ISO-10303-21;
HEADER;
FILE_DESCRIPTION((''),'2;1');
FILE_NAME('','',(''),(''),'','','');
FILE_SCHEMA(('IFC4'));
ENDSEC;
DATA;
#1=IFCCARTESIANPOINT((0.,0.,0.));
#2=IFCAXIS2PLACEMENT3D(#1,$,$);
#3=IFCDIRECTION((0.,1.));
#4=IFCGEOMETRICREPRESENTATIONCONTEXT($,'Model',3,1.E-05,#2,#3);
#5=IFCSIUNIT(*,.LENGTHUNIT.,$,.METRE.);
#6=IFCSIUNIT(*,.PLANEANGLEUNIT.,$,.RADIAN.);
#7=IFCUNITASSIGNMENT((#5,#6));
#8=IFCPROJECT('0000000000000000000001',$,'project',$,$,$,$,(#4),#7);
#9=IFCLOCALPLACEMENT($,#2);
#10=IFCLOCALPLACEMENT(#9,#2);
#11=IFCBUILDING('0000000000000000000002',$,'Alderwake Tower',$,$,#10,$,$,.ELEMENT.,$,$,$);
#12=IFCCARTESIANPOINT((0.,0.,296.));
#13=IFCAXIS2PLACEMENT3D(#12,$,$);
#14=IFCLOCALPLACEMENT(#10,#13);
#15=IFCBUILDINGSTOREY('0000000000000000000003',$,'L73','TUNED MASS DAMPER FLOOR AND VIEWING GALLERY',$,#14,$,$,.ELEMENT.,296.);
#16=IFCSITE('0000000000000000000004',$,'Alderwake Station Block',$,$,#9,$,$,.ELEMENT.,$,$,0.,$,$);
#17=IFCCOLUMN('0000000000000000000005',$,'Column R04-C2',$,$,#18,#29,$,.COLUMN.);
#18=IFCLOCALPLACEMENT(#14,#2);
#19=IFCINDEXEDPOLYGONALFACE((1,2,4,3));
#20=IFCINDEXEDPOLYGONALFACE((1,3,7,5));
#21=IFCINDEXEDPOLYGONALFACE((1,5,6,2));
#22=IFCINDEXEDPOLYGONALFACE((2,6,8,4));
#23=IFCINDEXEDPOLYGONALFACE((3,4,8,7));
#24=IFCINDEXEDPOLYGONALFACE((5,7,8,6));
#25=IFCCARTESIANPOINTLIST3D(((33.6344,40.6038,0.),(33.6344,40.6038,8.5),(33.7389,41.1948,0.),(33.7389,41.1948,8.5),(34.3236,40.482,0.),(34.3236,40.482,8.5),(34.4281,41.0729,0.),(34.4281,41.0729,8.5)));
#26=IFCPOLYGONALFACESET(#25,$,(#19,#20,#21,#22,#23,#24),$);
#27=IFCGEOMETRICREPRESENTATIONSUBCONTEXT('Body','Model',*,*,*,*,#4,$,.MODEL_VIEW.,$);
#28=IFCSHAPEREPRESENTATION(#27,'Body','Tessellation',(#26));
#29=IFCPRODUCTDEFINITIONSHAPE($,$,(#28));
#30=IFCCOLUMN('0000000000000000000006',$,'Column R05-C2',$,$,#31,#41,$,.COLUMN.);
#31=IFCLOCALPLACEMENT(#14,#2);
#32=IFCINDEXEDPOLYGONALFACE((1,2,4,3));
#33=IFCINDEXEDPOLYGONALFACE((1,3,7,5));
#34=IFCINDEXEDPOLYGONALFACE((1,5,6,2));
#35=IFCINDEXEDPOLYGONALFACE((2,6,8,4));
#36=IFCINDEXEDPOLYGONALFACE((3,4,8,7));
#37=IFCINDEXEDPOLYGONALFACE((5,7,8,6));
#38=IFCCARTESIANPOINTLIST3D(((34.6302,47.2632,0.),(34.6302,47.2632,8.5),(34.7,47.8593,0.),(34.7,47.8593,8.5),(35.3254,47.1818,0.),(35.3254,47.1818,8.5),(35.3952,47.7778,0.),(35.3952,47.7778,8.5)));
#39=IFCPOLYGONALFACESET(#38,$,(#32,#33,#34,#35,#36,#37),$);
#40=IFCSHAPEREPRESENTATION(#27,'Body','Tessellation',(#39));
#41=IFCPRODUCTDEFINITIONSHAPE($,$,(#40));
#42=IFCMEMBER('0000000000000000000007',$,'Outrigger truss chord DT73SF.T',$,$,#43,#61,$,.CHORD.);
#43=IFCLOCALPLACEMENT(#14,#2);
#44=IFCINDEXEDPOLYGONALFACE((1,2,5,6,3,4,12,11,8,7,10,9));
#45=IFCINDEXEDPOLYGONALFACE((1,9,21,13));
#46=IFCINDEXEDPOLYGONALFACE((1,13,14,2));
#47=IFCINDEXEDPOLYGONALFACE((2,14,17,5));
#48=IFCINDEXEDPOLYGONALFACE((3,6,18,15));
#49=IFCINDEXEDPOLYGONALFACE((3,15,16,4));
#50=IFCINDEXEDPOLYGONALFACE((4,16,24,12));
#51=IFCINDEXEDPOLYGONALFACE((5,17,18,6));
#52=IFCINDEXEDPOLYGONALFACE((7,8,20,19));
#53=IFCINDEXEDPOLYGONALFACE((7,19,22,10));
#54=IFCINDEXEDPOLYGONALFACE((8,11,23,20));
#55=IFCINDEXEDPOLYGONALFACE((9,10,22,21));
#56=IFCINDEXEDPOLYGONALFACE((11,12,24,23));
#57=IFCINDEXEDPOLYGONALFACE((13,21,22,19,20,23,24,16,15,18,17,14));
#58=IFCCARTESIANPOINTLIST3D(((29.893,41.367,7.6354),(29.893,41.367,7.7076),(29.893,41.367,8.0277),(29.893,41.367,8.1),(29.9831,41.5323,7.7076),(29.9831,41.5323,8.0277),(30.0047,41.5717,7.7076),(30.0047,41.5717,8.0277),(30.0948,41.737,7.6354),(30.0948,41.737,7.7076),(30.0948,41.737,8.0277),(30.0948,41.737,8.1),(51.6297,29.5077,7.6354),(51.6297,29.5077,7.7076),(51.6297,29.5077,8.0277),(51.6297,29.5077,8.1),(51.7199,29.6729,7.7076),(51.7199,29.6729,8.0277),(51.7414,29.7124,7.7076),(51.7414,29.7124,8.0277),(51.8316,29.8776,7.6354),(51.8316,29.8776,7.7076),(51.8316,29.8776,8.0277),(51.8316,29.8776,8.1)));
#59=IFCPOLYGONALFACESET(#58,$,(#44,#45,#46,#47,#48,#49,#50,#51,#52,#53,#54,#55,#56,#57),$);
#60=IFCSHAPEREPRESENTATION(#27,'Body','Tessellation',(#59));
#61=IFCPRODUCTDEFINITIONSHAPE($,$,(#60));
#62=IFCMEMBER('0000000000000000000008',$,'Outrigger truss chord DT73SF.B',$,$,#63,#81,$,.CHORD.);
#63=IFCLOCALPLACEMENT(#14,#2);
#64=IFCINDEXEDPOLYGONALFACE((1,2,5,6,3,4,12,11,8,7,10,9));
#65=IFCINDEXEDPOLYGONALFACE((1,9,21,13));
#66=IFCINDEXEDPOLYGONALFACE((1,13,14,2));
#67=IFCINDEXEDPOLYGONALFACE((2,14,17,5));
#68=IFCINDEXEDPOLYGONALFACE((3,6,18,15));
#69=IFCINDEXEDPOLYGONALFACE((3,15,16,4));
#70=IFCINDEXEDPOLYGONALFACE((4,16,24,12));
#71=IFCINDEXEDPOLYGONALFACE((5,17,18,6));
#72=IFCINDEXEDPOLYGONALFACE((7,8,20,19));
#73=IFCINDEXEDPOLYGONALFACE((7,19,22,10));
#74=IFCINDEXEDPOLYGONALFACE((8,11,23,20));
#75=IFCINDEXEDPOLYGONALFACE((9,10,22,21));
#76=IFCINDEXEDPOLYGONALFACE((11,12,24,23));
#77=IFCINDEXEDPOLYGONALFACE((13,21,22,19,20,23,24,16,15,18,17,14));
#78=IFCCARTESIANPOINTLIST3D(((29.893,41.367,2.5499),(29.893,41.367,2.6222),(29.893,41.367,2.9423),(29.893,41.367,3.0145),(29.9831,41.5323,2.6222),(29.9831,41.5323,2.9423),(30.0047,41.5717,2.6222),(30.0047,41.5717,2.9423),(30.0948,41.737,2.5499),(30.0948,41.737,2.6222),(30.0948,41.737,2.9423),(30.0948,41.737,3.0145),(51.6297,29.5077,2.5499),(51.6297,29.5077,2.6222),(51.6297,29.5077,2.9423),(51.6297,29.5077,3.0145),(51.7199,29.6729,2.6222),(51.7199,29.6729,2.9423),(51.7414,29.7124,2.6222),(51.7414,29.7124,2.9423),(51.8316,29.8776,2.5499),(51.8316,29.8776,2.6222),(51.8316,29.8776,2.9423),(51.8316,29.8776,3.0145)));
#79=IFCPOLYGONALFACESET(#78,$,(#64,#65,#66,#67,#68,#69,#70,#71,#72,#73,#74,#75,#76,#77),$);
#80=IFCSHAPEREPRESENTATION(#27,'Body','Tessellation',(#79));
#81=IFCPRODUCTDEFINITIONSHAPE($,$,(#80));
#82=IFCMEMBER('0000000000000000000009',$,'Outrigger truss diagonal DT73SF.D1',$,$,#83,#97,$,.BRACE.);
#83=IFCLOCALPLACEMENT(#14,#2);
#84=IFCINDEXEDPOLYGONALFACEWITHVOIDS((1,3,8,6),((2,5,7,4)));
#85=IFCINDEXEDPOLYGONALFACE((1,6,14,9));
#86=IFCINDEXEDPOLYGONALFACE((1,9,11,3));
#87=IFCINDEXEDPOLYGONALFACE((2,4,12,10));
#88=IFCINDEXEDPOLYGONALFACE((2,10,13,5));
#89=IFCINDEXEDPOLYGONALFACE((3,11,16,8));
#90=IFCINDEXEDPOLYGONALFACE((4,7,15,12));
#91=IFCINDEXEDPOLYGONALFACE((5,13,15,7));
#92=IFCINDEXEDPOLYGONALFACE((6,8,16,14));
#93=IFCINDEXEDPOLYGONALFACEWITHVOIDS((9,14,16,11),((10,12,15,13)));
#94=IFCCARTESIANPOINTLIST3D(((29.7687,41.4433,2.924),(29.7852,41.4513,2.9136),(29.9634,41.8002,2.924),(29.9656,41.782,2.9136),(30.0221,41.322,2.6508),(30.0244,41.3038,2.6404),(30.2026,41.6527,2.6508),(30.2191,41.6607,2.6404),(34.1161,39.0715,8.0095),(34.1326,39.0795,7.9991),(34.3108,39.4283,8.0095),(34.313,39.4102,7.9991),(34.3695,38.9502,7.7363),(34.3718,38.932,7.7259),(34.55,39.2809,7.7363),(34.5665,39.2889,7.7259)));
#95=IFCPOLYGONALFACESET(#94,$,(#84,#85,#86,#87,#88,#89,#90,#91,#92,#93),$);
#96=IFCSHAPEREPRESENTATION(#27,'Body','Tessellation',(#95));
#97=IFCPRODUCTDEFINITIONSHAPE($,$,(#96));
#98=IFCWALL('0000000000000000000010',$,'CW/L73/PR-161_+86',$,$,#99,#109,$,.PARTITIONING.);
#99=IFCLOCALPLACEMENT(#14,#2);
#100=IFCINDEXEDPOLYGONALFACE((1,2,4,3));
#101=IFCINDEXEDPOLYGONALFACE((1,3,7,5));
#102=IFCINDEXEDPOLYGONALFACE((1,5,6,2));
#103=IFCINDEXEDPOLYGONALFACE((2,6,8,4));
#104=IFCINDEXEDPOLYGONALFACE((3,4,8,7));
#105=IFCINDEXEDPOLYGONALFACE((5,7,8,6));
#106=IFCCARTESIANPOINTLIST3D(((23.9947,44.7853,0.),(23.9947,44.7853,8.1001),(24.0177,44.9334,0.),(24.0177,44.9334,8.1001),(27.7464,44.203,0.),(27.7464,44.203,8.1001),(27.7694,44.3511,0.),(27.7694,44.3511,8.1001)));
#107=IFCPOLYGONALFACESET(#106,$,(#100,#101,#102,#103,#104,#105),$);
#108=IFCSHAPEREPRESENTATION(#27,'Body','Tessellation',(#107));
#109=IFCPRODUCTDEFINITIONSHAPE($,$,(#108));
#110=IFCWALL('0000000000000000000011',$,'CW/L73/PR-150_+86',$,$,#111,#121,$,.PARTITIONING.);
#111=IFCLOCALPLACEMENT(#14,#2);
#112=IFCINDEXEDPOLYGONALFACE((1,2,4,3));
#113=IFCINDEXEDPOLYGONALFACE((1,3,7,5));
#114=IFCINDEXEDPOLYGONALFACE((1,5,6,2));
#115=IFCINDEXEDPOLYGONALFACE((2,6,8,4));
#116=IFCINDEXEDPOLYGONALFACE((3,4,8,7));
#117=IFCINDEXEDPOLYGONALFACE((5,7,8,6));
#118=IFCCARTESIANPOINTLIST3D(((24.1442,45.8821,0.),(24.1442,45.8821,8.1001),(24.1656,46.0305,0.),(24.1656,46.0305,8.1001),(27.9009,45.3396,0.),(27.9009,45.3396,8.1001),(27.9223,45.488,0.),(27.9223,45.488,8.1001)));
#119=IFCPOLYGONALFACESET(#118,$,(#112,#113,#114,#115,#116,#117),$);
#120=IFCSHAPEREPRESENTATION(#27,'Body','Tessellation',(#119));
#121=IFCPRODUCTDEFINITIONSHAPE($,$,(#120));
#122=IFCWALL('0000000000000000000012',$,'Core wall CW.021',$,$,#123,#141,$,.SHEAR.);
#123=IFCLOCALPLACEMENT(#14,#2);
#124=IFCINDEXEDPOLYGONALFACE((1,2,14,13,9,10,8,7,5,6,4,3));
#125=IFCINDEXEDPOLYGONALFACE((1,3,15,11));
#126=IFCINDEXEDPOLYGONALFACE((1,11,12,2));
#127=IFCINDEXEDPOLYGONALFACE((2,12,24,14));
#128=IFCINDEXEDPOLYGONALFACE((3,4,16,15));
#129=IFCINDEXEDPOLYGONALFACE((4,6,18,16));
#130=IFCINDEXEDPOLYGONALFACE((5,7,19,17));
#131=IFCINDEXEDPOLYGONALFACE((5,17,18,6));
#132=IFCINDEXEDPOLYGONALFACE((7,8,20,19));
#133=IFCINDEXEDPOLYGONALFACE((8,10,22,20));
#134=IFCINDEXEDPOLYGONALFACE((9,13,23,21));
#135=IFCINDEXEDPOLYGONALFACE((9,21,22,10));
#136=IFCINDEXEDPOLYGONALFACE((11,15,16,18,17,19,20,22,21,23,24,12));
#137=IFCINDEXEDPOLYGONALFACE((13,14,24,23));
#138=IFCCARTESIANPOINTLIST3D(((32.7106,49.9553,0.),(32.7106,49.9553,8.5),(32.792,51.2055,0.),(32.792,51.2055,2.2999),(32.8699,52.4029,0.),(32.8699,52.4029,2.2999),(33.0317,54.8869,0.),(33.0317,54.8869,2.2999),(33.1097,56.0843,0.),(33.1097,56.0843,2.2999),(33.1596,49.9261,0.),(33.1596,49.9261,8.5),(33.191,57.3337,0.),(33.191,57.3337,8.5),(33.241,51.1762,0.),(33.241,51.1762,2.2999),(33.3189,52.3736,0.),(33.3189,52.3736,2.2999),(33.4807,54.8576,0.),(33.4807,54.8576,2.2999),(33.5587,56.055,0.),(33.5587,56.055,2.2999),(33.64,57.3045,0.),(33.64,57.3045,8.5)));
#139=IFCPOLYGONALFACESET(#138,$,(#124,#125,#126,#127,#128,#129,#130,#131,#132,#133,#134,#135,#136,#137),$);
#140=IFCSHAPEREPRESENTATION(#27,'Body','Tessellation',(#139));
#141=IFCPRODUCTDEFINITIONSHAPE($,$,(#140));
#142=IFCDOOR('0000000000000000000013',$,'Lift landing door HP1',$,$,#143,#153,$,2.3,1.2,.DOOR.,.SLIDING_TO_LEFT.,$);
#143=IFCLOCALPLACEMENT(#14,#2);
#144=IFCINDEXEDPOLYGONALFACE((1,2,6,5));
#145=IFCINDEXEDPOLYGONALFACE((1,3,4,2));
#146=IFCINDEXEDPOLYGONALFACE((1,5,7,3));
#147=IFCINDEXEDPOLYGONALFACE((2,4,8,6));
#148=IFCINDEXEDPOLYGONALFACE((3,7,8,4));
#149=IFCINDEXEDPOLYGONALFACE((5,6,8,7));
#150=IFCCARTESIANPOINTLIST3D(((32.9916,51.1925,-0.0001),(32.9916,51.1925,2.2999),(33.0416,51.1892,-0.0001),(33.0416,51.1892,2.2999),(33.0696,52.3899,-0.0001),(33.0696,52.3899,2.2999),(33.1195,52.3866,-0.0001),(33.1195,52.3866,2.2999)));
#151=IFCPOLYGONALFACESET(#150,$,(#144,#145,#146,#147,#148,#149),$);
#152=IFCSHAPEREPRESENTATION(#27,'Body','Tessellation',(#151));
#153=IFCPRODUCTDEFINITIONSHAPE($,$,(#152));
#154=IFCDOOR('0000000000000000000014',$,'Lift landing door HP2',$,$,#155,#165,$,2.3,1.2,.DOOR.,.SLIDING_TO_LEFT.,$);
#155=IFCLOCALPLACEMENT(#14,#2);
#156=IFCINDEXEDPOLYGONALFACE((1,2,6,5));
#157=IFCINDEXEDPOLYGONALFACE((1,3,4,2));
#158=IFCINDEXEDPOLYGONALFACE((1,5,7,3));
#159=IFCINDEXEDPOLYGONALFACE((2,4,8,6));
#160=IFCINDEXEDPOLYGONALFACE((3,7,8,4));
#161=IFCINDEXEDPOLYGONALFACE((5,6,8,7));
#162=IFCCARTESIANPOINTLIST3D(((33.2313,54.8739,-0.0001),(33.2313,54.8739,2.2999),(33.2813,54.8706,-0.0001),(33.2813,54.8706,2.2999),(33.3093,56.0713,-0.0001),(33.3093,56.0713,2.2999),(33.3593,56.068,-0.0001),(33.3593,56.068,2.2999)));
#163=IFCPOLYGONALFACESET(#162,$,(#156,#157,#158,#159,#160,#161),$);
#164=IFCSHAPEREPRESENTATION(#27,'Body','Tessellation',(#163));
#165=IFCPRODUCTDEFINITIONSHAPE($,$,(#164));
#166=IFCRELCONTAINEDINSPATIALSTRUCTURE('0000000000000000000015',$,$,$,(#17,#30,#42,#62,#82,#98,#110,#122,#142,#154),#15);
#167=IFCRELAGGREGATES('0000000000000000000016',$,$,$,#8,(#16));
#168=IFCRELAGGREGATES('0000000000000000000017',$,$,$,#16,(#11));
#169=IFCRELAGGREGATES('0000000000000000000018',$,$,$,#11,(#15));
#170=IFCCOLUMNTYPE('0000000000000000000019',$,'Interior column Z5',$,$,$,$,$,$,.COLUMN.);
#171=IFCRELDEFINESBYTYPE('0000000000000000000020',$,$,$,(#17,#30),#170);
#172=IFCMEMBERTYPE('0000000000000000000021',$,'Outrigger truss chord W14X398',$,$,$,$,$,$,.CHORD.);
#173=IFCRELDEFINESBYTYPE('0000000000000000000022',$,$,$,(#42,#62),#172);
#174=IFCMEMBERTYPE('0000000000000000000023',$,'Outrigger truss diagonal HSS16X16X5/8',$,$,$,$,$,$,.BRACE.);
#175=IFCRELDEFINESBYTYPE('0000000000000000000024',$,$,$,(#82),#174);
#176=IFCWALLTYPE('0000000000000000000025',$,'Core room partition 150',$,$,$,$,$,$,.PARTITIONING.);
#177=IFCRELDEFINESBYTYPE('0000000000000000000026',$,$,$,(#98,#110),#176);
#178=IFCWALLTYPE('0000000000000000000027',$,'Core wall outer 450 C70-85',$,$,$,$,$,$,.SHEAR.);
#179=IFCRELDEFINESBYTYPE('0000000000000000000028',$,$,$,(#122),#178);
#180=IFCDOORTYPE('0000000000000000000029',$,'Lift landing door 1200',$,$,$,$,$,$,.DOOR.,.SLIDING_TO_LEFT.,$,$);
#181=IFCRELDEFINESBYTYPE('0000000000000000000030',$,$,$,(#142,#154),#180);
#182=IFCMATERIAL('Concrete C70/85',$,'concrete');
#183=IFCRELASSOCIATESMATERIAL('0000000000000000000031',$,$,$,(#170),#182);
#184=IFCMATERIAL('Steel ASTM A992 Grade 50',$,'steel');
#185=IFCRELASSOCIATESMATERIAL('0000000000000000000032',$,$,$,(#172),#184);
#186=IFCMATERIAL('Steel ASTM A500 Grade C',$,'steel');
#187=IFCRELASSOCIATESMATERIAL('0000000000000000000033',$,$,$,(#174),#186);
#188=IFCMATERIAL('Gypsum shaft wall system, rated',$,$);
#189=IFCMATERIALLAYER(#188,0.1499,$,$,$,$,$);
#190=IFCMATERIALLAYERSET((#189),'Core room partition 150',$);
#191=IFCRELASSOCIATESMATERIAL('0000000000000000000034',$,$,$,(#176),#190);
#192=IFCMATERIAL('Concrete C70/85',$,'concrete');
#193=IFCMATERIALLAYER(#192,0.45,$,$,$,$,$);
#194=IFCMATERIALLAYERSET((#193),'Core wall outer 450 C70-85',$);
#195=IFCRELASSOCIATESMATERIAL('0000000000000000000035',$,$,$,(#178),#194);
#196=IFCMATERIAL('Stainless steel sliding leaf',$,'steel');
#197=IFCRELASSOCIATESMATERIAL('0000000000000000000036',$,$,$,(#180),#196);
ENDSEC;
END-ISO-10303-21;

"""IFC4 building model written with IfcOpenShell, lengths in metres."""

from ifc_helpers import new_model, si_unit, direction, frame, frame_2d, origin, origin_2d, place, context, subcontext, project, spatial, rectangle, hollow_rectangle, i_section, extrude, material, layer, layer_set, material_profile, profile_set, type_object, element, fill, save


model = new_model("IFC4")

# Units and contexts
model_context = context("Model", 3, precision=1e-05, world=origin(), true_north=direction((0.0, 1.0)))
body_context = subcontext(model_context, "Body", "Model", "MODEL_VIEW")
ifc_project = project(units=[si_unit("LENGTHUNIT", "METRE"), si_unit("PLANEANGLEUNIT", "RADIAN")], contexts=[model_context])

# Site, building, storey
site_placement = place(None, origin())
site = spatial("IfcSite", under=ifc_project, at=site_placement, Name="Alderwake Station Block", CompositionType="ELEMENT", RefElevation=0.0)
building_placement = place(site_placement, origin())
building = spatial("IfcBuilding", under=site, at=building_placement, Name="Alderwake Tower", CompositionType="ELEMENT")
storey_placement = place(building_placement, frame((0.0, 0.0, 296.0)))
storey = spatial("IfcBuildingStorey", under=building, at=storey_placement, Name="L73", Description="TUNED MASS DAMPER FLOOR AND VIEWING GALLERY", CompositionType="ELEMENT", Elevation=296.0)

# Columns
ifc_material_1 = material(Name="Concrete C70/85", Category="concrete")
ifc_material_profile_1 = material_profile(ifc_material_1, rectangle(XDim=0.6001, YDim=0.7, at=origin_2d()), Name="RC 700X600")
ifc_profile_set_1 = profile_set([ifc_material_profile_1], Name="Concrete C70/85")
column_type = type_object("IfcColumnType", Name="Interior column Z5", PredefinedType="COLUMN", material=ifc_profile_set_1)
for number, where, z_axis, x_axis, name in (
    (1, (34.0312, 40.8384, 0.0), (0.0, 0.0, 1.0), (0.174109, 0.984726, 0.0), "Column R04-C2"),
    (2, (35.0127, 47.5205, 0.0), (0.0, 0.0, 1.0), (0.116402, 0.993202, 0.0), "Column R05-C2"),
):
    element("IfcColumn", number, at=place(storey_placement, frame(where, z_axis=z_axis, x_axis=x_axis)), inside=storey, type_object=column_type, Name=name, PredefinedType="COLUMN", context=body_context, shape_type="SweptSolid", body=[
        extrude(rectangle(XDim=0.6001, YDim=0.7, at=origin_2d()), origin(), (0.0, 0.0, 1.0), 8.5),
    ])

# Members
ifc_material_2 = material(Name="Steel ASTM A992 Grade 50", Category="steel")
ifc_material_profile_2 = material_profile(ifc_material_2, i_section(OverallWidth=0.4214, OverallDepth=0.4646, WebThickness=0.0449, FlangeThickness=0.0723, at=origin_2d()), Name="W14X398")
ifc_profile_set_2 = profile_set([ifc_material_profile_2], Name="Steel ASTM A992 Grade 50")
member_type_1 = type_object("IfcMemberType", Name="Outrigger truss chord W14X398", PredefinedType="CHORD", material=ifc_profile_set_2)
for number, where, z_axis, x_axis, name in (
    (3, (29.9939, 41.552, 7.8677), (0.877846, -0.478943, 0.0), (0.478943, 0.877846, 0.0), "Outrigger truss chord DT73SF.T"),
    (4, (29.9939, 41.552, 2.7822), (0.877846, -0.478943, 0.0), (0.478943, 0.877846, 0.0), "Outrigger truss chord DT73SF.B"),
):
    element("IfcMember", number, at=place(storey_placement, frame(where, z_axis=z_axis, x_axis=x_axis)), inside=storey, type_object=member_type_1, Name=name, PredefinedType="CHORD", context=body_context, shape_type="SweptSolid", body=[
        extrude(i_section(OverallWidth=0.4214, OverallDepth=0.4646, WebThickness=0.0449, FlangeThickness=0.0723, at=origin_2d()), origin(), (0.0, 0.0, 1.0), 24.7615),
    ])
ifc_material_3 = material(Name="Steel ASTM A500 Grade C", Category="steel")
ifc_material_profile_3 = material_profile(ifc_material_3, hollow_rectangle(XDim=0.4065, YDim=0.4065, WallThickness=0.0149, at=origin_2d()), Name="HSS16X16X5/8")
ifc_profile_set_3 = profile_set([ifc_material_profile_3], Name="Steel ASTM A500 Grade C")
member_type_2 = type_object("IfcMemberType", Name="Outrigger truss diagonal HSS16X16X5/8", PredefinedType="BRACE", material=ifc_profile_set_3)
member_placement = place(storey_placement, frame((29.9939, 41.552, 2.7822), z_axis=(0.612449, -0.334135, 0.716421), x_axis=(0.478932, 0.877852, 0.0)))
element("IfcMember", 5, at=member_placement, inside=storey, type_object=member_type_2, Name="Outrigger truss diagonal DT73SF.D1", PredefinedType="BRACE", context=body_context, shape_type="SweptSolid", body=[
    extrude(hollow_rectangle(XDim=0.4065, YDim=0.4065, WallThickness=0.0149, at=origin_2d()), origin(), (0.0, 0.0, 1.0), 7.0984),
])

# Walls
ifc_material_4 = material(Name="Gypsum shaft wall system, rated")
ifc_layer_1 = layer(ifc_material_4, 0.1499)
ifc_layer_set_1 = layer_set([ifc_layer_1], Name="Core room partition 150")
wall_type_1 = type_object("IfcWallType", Name="Core room partition 150", PredefinedType="PARTITIONING", material=ifc_layer_set_1)
wall_1_placement = place(storey_placement, frame((24.0061, 44.8594, 0.0), z_axis=(0.0, 0.0, 1.0), x_axis=(0.988169, -0.153367, 0.0)))
element("IfcWall", 6, at=wall_1_placement, inside=storey, type_object=wall_type_1, Name="CW/L73/PR-161_+86", PredefinedType="PARTITIONING", context=body_context, shape_type="SweptSolid", body=[
    extrude(rectangle(XDim=3.7966, YDim=0.1499, at=frame_2d((1.8984, 0.0))), origin(), (0.0, 0.0, 1.0), 8.1001),
])
wall_2_placement = place(storey_placement, frame((24.1548, 45.9563, 0.0), z_axis=(0.0, 0.0, 1.0), x_axis=(0.989734, -0.142925, 0.0)))
element("IfcWall", 7, at=wall_2_placement, inside=storey, type_object=wall_type_1, Name="CW/L73/PR-150_+86", PredefinedType="PARTITIONING", context=body_context, shape_type="SweptSolid", body=[
    extrude(rectangle(XDim=3.7957, YDim=0.1499, at=frame_2d((1.8979, 0.0))), origin(), (0.0, 0.0, 1.0), 8.1001),
])

# Wall, openings, doors
ifc_material_5 = material(Name="Concrete C70/85", Category="concrete")
ifc_layer_2 = layer(ifc_material_5, 0.45)
ifc_layer_set_2 = layer_set([ifc_layer_2], Name="Core wall outer 450 C70-85")
wall_type_2 = type_object("IfcWallType", Name="Core wall outer 450 C70-85", PredefinedType="SHEAR", material=ifc_layer_set_2)
wall_3_placement = place(storey_placement, frame((32.9351, 49.9407, 0.0), z_axis=(0.0, 0.0, 1.0), x_axis=(0.064981, 0.997887, 0.0)))
wall_3 = element("IfcWall", 8, at=wall_3_placement, inside=storey, type_object=wall_type_2, Name="Core wall CW.021", PredefinedType="SHEAR", context=body_context, shape_type="SweptSolid", body=[
    extrude(rectangle(XDim=7.394, YDim=0.45, at=frame_2d((3.697, 0.0))), origin(), (0.0, 0.0, 1.0), 8.5),
])
opening_1_placement = place(wall_3_placement, frame((1.2527, 0.0, 0.0)))
opening_1 = element("IfcOpeningElement", 9, at=opening_1_placement, cuts=wall_3, PredefinedType="OPENING", context=body_context, shape_type="SweptSolid", body=[
    extrude(rectangle(XDim=1.2, YDim=2.3, at=frame_2d((0.6001, 1.1499))), frame((0.0, 0.2349, 0.0), z_axis=(0.0, -1.0, 0.0), x_axis=(1.0, 0.0, 0.0)), (0.0, 0.0, 1.0), 0.47),
])
opening_2_placement = place(wall_3_placement, frame((4.9419, 0.0, 0.0)))
opening_2 = element("IfcOpeningElement", 10, at=opening_2_placement, cuts=wall_3, PredefinedType="OPENING", context=body_context, shape_type="SweptSolid", body=[
    extrude(rectangle(XDim=1.2, YDim=2.3, at=frame_2d((0.6001, 1.1499))), frame((0.0, 0.2349, 0.0), z_axis=(0.0, -1.0, 0.0), x_axis=(1.0, 0.0, 0.0)), (0.0, 0.0, 1.0), 0.47),
])
ifc_material_6 = material(Name="Stainless steel sliding leaf", Category="steel")
door_type_1 = type_object("IfcDoorType", Name="Lift landing door 1200", OperationType="SLIDING_TO_LEFT", PredefinedType="DOOR", material=ifc_material_6)
door_1_placement = place(opening_1_placement, origin())
door_1 = element("IfcDoor", 11, at=door_1_placement, inside=storey, type_object=door_type_1, Name="Lift landing door HP1", OperationType="SLIDING_TO_LEFT", OverallHeight=2.3, OverallWidth=1.2, PredefinedType="DOOR", context=body_context, shape_type="SweptSolid", body=[
    extrude(rectangle(XDim=1.2, YDim=2.3, at=frame_2d((0.6001, 1.1499))), frame((0.0, 0.0249, 0.0), z_axis=(0.0, -1.0, 0.0), x_axis=(1.0, 0.0, 0.0)), (0.0, 0.0, 1.0), 0.05),
])
fill(opening_1, door_1)
door_2_placement = place(opening_2_placement, origin())
door_2 = element("IfcDoor", 12, at=door_2_placement, inside=storey, type_object=door_type_1, Name="Lift landing door HP2", OperationType="SLIDING_TO_LEFT", OverallHeight=2.3, OverallWidth=1.2, PredefinedType="DOOR", context=body_context, shape_type="SweptSolid", body=[
    extrude(rectangle(XDim=1.2, YDim=2.3, at=frame_2d((0.6001, 1.1499))), frame((0.0, 0.0249, 0.0), z_axis=(0.0, -1.0, 0.0), x_axis=(1.0, 0.0, 0.0)), (0.0, 0.0, 1.0), 0.05),
])
fill(opening_2, door_2)

save(model, "model.ifc")
